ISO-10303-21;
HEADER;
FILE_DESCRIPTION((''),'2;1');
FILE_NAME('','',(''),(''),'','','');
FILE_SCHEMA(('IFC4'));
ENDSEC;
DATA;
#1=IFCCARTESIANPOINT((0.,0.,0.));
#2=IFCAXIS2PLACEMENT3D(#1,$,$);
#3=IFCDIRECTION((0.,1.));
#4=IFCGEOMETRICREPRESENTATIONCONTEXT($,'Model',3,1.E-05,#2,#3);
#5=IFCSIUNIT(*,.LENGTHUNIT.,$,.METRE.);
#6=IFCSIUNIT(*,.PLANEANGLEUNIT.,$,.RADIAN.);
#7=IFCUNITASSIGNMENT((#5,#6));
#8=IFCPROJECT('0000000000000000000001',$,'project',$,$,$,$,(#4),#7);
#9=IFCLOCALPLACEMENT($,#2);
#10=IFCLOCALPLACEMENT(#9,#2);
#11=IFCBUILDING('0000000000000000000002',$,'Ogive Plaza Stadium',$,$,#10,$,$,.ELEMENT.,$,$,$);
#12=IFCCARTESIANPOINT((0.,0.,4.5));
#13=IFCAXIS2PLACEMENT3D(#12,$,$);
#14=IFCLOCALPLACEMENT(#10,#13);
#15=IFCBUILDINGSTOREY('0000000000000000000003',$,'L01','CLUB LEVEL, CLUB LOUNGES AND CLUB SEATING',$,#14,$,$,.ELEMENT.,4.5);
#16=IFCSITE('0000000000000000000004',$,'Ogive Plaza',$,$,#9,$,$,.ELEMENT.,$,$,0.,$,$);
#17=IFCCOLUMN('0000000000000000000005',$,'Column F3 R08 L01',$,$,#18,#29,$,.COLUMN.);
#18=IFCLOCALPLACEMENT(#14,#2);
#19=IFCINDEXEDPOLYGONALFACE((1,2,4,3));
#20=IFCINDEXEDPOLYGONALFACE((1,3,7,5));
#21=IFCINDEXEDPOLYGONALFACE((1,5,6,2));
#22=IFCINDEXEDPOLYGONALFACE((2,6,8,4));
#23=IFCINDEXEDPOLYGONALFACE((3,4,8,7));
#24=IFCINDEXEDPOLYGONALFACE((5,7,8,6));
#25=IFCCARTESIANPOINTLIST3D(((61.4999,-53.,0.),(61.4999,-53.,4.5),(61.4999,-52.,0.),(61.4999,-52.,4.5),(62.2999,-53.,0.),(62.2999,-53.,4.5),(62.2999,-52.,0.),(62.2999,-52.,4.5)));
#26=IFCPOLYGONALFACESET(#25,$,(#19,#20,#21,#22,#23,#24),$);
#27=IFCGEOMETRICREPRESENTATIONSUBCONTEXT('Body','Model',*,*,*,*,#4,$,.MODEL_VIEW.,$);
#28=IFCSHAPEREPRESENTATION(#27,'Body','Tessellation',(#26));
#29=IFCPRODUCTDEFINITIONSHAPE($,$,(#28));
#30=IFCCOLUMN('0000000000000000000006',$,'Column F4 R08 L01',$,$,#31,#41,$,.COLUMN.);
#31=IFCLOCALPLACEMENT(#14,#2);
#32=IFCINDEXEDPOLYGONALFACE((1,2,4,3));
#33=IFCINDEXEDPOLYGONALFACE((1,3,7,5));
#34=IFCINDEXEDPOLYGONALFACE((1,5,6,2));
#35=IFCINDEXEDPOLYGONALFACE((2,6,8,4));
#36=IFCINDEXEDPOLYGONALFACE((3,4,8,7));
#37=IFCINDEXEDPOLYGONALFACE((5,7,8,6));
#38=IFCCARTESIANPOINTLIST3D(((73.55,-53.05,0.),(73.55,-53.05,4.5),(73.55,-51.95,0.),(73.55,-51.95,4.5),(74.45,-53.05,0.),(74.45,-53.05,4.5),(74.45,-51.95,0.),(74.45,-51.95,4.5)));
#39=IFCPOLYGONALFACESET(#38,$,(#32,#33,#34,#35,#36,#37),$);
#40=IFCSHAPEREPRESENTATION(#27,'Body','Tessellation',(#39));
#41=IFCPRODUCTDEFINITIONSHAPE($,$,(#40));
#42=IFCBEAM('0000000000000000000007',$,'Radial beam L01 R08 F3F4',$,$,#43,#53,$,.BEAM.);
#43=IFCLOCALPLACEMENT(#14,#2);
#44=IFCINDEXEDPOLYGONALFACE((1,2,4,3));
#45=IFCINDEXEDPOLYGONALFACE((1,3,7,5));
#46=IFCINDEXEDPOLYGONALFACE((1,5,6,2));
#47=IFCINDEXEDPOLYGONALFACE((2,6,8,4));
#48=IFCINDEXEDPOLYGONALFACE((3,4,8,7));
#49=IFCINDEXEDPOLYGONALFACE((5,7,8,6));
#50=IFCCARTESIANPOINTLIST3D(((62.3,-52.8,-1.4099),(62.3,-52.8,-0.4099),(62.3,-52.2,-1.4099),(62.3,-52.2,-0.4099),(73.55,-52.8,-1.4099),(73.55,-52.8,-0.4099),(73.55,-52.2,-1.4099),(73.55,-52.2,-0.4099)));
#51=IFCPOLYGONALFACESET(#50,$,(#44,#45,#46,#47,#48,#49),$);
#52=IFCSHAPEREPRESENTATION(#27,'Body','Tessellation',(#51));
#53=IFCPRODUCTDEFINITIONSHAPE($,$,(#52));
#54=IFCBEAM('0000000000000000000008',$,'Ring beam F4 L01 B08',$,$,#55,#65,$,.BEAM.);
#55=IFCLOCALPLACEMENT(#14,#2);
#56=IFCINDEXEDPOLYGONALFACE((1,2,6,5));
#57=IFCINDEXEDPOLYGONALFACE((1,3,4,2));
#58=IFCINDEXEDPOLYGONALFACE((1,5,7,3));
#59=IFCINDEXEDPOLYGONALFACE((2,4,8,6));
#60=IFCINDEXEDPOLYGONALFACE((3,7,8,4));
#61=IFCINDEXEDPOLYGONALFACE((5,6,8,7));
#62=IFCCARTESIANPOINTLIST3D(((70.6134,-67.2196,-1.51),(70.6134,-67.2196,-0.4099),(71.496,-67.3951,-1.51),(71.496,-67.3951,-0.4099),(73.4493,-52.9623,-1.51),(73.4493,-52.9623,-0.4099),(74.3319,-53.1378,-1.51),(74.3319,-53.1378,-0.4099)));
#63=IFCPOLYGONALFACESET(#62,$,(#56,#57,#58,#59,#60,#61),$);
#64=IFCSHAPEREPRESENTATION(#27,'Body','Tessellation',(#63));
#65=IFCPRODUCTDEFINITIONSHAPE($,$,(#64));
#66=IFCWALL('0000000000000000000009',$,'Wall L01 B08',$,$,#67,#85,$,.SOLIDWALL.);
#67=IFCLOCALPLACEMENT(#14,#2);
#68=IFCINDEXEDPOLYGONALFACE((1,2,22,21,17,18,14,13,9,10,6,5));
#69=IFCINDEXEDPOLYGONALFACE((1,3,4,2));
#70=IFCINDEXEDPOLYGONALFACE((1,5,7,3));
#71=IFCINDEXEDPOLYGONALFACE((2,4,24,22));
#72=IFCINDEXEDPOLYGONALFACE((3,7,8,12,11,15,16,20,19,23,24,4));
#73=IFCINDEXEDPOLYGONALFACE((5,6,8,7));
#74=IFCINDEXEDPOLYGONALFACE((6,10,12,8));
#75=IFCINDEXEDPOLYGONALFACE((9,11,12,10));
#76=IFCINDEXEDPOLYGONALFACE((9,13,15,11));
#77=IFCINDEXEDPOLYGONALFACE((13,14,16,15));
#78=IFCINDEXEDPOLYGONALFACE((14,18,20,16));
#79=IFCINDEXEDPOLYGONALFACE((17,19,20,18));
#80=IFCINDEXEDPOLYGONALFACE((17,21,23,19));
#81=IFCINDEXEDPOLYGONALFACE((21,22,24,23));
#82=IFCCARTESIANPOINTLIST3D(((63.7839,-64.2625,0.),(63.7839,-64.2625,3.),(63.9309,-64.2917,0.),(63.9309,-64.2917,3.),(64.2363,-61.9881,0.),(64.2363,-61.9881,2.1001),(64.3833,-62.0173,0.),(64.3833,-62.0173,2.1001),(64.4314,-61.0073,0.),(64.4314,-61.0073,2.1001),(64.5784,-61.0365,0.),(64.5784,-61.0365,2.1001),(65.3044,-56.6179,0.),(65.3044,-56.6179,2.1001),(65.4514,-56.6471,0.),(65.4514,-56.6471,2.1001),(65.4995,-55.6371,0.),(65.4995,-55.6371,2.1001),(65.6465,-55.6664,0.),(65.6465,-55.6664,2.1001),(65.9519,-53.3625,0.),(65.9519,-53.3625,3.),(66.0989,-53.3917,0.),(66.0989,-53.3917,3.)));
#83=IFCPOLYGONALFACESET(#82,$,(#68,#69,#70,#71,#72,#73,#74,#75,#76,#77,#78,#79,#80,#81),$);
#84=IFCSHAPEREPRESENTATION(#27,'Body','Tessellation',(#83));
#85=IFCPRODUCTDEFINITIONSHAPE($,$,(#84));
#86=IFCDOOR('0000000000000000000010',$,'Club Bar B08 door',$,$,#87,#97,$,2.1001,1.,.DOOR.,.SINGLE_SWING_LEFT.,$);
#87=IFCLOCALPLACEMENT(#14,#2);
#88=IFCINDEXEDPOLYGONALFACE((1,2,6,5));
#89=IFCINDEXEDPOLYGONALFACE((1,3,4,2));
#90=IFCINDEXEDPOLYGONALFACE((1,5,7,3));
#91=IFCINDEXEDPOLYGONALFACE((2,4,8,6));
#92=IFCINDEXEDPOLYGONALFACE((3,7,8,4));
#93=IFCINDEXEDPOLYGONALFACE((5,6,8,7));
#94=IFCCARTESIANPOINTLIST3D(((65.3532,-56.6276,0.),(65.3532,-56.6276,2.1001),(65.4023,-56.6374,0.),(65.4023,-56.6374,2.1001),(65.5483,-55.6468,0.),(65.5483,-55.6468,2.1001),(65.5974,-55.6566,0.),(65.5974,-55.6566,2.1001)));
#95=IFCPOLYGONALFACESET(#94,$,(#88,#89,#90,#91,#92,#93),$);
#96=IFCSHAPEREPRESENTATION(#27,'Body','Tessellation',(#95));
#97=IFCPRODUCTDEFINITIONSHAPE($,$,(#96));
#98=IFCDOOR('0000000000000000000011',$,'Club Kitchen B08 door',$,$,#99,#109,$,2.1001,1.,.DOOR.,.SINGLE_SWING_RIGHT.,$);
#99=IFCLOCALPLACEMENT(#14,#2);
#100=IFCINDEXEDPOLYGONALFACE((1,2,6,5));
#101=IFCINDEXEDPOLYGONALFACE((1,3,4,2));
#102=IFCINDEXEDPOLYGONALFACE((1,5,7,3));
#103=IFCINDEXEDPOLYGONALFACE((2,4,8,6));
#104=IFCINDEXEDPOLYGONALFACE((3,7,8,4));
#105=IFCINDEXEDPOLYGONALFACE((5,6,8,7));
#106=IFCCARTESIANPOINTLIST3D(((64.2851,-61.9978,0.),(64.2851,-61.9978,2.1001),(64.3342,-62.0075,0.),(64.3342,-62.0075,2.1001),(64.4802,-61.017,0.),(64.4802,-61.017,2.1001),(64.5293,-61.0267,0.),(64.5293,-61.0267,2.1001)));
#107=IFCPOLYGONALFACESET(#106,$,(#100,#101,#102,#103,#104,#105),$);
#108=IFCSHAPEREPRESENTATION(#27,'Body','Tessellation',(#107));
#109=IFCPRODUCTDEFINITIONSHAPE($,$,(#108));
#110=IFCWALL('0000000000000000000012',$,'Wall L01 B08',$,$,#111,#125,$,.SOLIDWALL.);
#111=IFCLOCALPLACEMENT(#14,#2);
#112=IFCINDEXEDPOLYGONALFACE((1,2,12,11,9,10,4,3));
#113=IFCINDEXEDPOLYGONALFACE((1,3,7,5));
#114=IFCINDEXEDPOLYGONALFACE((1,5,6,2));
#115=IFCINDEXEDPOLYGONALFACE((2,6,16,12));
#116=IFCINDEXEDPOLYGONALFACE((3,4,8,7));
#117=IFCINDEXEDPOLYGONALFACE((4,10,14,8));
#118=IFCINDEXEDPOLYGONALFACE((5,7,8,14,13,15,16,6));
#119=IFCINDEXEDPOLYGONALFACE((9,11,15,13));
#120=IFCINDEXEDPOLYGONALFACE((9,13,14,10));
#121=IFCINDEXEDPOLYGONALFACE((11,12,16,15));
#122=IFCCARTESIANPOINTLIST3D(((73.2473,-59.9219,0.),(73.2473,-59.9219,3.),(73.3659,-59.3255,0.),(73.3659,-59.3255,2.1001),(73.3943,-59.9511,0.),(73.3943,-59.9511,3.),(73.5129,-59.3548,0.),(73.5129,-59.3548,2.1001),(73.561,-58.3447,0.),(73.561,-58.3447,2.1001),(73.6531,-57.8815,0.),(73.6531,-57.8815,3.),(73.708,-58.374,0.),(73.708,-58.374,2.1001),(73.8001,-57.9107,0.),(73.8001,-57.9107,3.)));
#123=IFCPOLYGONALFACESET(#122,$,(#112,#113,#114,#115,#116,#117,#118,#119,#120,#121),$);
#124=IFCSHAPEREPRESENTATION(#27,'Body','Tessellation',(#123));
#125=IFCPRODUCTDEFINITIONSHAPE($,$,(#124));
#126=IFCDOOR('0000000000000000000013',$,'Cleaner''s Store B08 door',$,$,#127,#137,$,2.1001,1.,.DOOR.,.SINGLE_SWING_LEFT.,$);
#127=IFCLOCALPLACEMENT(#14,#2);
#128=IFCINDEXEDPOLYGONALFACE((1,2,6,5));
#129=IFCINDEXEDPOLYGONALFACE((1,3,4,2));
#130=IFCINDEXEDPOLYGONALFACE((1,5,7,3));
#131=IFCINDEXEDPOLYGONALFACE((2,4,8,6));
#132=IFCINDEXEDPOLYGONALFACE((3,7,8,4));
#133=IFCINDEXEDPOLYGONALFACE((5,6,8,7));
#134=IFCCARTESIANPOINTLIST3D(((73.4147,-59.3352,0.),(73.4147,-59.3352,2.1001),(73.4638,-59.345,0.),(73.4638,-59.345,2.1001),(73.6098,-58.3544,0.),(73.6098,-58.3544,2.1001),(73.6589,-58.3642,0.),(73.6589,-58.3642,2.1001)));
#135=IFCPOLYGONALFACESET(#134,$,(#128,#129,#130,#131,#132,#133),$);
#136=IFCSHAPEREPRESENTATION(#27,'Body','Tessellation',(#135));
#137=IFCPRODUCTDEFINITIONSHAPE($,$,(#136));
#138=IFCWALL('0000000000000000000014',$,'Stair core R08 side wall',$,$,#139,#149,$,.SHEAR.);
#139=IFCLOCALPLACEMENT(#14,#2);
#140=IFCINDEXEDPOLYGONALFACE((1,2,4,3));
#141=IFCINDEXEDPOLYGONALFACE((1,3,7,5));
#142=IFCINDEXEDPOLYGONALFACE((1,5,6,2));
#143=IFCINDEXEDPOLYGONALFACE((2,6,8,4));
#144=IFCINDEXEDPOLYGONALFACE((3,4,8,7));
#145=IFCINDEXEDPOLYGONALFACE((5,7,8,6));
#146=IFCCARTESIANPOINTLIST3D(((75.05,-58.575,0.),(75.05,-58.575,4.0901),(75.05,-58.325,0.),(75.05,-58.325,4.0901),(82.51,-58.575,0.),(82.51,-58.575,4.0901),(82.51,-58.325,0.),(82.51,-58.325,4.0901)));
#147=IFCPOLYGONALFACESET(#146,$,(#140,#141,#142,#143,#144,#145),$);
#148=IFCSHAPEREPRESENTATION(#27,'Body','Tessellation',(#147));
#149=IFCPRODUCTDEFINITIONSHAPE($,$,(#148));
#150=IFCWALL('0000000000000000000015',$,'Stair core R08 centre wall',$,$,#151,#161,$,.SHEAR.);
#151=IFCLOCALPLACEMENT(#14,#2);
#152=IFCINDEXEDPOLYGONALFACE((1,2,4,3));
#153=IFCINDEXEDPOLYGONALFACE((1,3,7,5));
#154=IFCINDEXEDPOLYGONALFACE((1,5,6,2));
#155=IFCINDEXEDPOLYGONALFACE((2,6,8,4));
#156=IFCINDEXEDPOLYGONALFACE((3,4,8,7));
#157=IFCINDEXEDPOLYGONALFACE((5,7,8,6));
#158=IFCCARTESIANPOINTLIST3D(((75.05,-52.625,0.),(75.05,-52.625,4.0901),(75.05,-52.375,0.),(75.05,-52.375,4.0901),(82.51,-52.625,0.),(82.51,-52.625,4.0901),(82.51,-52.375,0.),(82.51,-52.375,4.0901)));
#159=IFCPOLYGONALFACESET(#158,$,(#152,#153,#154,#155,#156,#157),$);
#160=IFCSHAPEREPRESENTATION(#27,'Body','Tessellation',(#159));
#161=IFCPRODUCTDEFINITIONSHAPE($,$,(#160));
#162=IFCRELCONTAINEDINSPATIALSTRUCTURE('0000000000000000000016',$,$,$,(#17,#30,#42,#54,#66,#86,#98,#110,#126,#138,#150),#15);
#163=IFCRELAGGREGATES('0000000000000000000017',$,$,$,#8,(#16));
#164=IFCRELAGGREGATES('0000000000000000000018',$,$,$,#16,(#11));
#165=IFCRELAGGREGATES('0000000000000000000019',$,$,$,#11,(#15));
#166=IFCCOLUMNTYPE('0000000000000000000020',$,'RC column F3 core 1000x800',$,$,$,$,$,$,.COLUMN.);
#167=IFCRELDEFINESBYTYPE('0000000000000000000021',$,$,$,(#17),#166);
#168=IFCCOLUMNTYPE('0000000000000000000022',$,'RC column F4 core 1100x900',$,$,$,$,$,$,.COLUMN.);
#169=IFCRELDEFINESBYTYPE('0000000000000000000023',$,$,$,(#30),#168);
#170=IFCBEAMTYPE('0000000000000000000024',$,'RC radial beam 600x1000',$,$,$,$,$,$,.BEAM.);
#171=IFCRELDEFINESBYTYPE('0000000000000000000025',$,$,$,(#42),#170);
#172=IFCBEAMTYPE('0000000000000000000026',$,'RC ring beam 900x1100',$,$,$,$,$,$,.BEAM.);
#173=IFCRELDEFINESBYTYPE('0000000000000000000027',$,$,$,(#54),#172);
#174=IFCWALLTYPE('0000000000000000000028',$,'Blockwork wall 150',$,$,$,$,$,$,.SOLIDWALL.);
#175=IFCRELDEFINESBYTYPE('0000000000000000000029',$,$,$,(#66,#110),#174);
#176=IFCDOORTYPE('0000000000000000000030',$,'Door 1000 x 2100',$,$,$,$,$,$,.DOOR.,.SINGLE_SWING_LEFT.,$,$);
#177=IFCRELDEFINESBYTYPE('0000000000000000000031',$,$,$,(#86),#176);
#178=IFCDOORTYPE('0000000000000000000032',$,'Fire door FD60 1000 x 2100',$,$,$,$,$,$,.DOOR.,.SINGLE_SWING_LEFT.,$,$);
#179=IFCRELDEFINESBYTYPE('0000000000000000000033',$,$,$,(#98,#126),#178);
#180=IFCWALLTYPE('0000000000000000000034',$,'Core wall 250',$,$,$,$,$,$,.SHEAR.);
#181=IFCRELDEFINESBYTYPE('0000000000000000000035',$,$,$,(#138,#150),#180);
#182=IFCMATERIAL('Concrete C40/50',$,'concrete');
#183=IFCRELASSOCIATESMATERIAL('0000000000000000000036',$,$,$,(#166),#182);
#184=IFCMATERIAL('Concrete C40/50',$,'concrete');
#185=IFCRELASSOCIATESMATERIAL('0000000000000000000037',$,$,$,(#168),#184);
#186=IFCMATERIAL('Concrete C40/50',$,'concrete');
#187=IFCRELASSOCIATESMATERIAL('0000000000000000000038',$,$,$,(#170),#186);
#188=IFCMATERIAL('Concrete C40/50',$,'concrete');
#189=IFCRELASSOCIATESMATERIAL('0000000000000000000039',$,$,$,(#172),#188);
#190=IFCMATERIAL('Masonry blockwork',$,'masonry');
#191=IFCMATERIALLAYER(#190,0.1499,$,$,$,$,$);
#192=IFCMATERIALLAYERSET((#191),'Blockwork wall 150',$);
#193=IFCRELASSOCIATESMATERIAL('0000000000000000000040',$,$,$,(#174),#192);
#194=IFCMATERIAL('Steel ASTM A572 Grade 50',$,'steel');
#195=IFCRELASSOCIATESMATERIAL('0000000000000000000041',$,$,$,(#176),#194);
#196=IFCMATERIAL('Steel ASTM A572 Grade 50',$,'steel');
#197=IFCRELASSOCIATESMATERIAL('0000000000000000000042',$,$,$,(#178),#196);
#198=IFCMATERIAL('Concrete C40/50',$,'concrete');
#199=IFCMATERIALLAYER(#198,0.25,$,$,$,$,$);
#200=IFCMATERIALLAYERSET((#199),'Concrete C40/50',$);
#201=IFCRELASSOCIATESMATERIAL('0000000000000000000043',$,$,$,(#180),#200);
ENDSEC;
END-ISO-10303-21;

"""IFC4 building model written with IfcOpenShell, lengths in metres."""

from ifc_helpers import new_model, si_unit, direction, frame, frame_2d, origin, origin_2d, place, context, subcontext, project, spatial, rectangle, extrude, material, layer, layer_set, material_profile, profile_set, type_object, element, fill, save


model = new_model("IFC4")

# Units and contexts
model_context = context("Model", 3, precision=1e-05, world=origin(), true_north=direction((0.0, 1.0)))
body_context = subcontext(model_context, "Body", "Model", "MODEL_VIEW")
ifc_project = project(units=[si_unit("LENGTHUNIT", "METRE"), si_unit("PLANEANGLEUNIT", "RADIAN")], contexts=[model_context])

# Site, building, storey
site_placement = place(None, origin())
site = spatial("IfcSite", under=ifc_project, at=site_placement, Name="Ogive Plaza", CompositionType="ELEMENT", RefElevation=0.0)
building_placement = place(site_placement, origin())
building = spatial("IfcBuilding", under=site, at=building_placement, Name="Ogive Plaza Stadium", CompositionType="ELEMENT")
storey_placement = place(building_placement, frame((0.0, 0.0, 4.5)))
storey = spatial("IfcBuildingStorey", under=building, at=storey_placement, Name="L01", Description="CLUB LEVEL, CLUB LOUNGES AND CLUB SEATING", CompositionType="ELEMENT", Elevation=4.5)

# Columns
ifc_material_1 = material(Name="Concrete C40/50", Category="concrete")
ifc_material_profile_1 = material_profile(ifc_material_1, rectangle(XDim=1.0, YDim=0.8, at=origin_2d()), Name="RC 1000x800")
ifc_profile_set_1 = profile_set([ifc_material_profile_1], Name="Concrete C40/50")
column_type_1 = type_object("IfcColumnType", Name="RC column F3 core 1000x800", PredefinedType="COLUMN", material=ifc_profile_set_1)
column_1_placement = place(storey_placement, frame((61.8999, -52.5, 0.0), z_axis=(0.0, 0.0, 1.0), x_axis=(0.0, 1.0, 0.0)))
element("IfcColumn", 1, at=column_1_placement, inside=storey, type_object=column_type_1, Name="Column F3 R08 L01", PredefinedType="COLUMN", context=body_context, shape_type="SweptSolid", body=[
    extrude(rectangle(XDim=1.0, YDim=0.8, at=origin_2d()), origin(), (0.0, 0.0, 1.0), 4.5),
])
ifc_material_2 = material(Name="Concrete C40/50", Category="concrete")
ifc_material_profile_2 = material_profile(ifc_material_2, rectangle(XDim=1.1001, YDim=0.8999, at=origin_2d()), Name="RC 1100x900")
ifc_profile_set_2 = profile_set([ifc_material_profile_2], Name="Concrete C40/50")
column_type_2 = type_object("IfcColumnType", Name="RC column F4 core 1100x900", PredefinedType="COLUMN", material=ifc_profile_set_2)
column_2_placement = place(storey_placement, frame((74.0, -52.5, 0.0), z_axis=(0.0, 0.0, 1.0), x_axis=(0.0, 1.0, 0.0)))
element("IfcColumn", 2, at=column_2_placement, inside=storey, type_object=column_type_2, Name="Column F4 R08 L01", PredefinedType="COLUMN", context=body_context, shape_type="SweptSolid", body=[
    extrude(rectangle(XDim=1.1001, YDim=0.8999, at=origin_2d()), origin(), (0.0, 0.0, 1.0), 4.5),
])

# Beams
ifc_material_3 = material(Name="Concrete C40/50", Category="concrete")
ifc_material_profile_3 = material_profile(ifc_material_3, rectangle(XDim=0.6001, YDim=1.0, at=origin_2d()), Name="RC 600x1000")
ifc_profile_set_3 = profile_set([ifc_material_profile_3], Name="Concrete C40/50")
beam_type_1 = type_object("IfcBeamType", Name="RC radial beam 600x1000", PredefinedType="BEAM", material=ifc_profile_set_3)
beam_1_placement = place(storey_placement, frame((62.3, -52.5, -0.9099), z_axis=(1.0, 0.0, 0.0), x_axis=(0.0, 1.0, 0.0)))
element("IfcBeam", 3, at=beam_1_placement, inside=storey, type_object=beam_type_1, Name="Radial beam L01 R08 F3F4", PredefinedType="BEAM", context=body_context, shape_type="SweptSolid", body=[
    extrude(rectangle(XDim=0.6001, YDim=1.0, at=origin_2d()), origin(), (0.0, 0.0, 1.0), 11.25),
])
ifc_material_4 = material(Name="Concrete C40/50", Category="concrete")
ifc_material_profile_4 = material_profile(ifc_material_4, rectangle(XDim=0.8999, YDim=1.1001, at=origin_2d()), Name="RC 900x1100")
ifc_profile_set_4 = profile_set([ifc_material_profile_4], Name="Concrete C40/50")
beam_type_2 = type_object("IfcBeamType", Name="RC ring beam 900x1100", PredefinedType="BEAM", material=ifc_profile_set_4)
beam_2_placement = place(storey_placement, frame((73.8906, -53.05, -0.96), z_axis=(-0.195089, -0.980786, 0.0), x_axis=(0.980786, -0.195089, 0.0)))
element("IfcBeam", 4, at=beam_2_placement, inside=storey, type_object=beam_type_2, Name="Ring beam F4 L01 B08", PredefinedType="BEAM", context=body_context, shape_type="SweptSolid", body=[
    extrude(rectangle(XDim=0.8999, YDim=1.1001, at=origin_2d()), origin(), (0.0, 0.0, 1.0), 14.5366),
])

# Wall, openings, doors
ifc_material_5 = material(Name="Masonry blockwork", Category="masonry")
ifc_layer_1 = layer(ifc_material_5, 0.1499)
ifc_layer_set_1 = layer_set([ifc_layer_1], Name="Blockwork wall 150")
wall_type_1 = type_object("IfcWallType", Name="Blockwork wall 150", PredefinedType="SOLIDWALL", material=ifc_layer_set_1)
wall_1_placement = place(storey_placement, frame((66.0254, -53.3772, 0.0), z_axis=(0.0, 0.0, 1.0), x_axis=(-0.195077, -0.980788, 0.0)))
wall_1 = element("IfcWall", 5, at=wall_1_placement, inside=storey, type_object=wall_type_1, Name="Wall L01 B08", PredefinedType="SOLIDWALL", context=body_context, shape_type="SweptSolid", body=[
    extrude(rectangle(XDim=11.1135, YDim=0.1499, at=frame_2d((5.5566, 0.0))), origin(), (0.0, 0.0, 1.0), 3.0),
])
opening_1_placement = place(wall_1_placement, frame((2.3191, 0.0, 0.0)))
opening_1 = element("IfcOpeningElement", 6, at=opening_1_placement, cuts=wall_1, PredefinedType="OPENING", context=body_context, shape_type="SweptSolid", body=[
    extrude(rectangle(XDim=1.0, YDim=2.1001, at=frame_2d((0.5, 1.05))), frame((0.0, 0.075, 0.0), z_axis=(0.0, -1.0, 0.0), x_axis=(1.0, 0.0, 0.0)), (0.0, 0.0, 1.0), 0.1499),
])
opening_2_placement = place(wall_1_placement, frame((7.7944, 0.0, 0.0)))
opening_2 = element("IfcOpeningElement", 7, at=opening_2_placement, cuts=wall_1, PredefinedType="OPENING", context=body_context, shape_type="SweptSolid", body=[
    extrude(rectangle(XDim=1.0, YDim=2.1001, at=frame_2d((0.5, 1.05))), frame((0.0, 0.075, 0.0), z_axis=(0.0, -1.0, 0.0), x_axis=(1.0, 0.0, 0.0)), (0.0, 0.0, 1.0), 0.1499),
])
ifc_material_6 = material(Name="Steel ASTM A572 Grade 50", Category="steel")
door_type_1 = type_object("IfcDoorType", Name="Door 1000 x 2100", OperationType="SINGLE_SWING_LEFT", PredefinedType="DOOR", material=ifc_material_6)
door_1_placement = place(opening_1_placement, origin())
door_1 = element("IfcDoor", 8, at=door_1_placement, inside=storey, type_object=door_type_1, Name="Club Bar B08 door", OperationType="SINGLE_SWING_LEFT", OverallHeight=2.1001, OverallWidth=1.0, PredefinedType="DOOR", context=body_context, shape_type="SweptSolid", body=[
    extrude(rectangle(XDim=1.0, YDim=2.1001, at=frame_2d((0.5, 1.05))), frame((0.0, 0.0249, 0.0), z_axis=(0.0, -1.0, 0.0), x_axis=(1.0, 0.0, 0.0)), (0.0, 0.0, 1.0), 0.05),
])
fill(opening_1, door_1)
ifc_material_7 = material(Name="Steel ASTM A572 Grade 50", Category="steel")
door_type_2 = type_object("IfcDoorType", Name="Fire door FD60 1000 x 2100", OperationType="SINGLE_SWING_LEFT", PredefinedType="DOOR", material=ifc_material_7)
door_2_placement = place(opening_2_placement, origin())
door_2 = element("IfcDoor", 9, at=door_2_placement, inside=storey, type_object=door_type_2, Name="Club Kitchen B08 door", OperationType="SINGLE_SWING_RIGHT", OverallHeight=2.1001, OverallWidth=1.0, PredefinedType="DOOR", context=body_context, shape_type="SweptSolid", body=[
    extrude(rectangle(XDim=1.0, YDim=2.1001, at=frame_2d((0.5, 1.05))), frame((0.0, 0.0249, 0.0), z_axis=(0.0, -1.0, 0.0), x_axis=(1.0, 0.0, 0.0)), (0.0, 0.0, 1.0), 0.05),
])
fill(opening_2, door_2)

# Wall, opening, door
wall_2_placement = place(storey_placement, frame((73.7266, -57.8962, 0.0), z_axis=(0.0, 0.0, 1.0), x_axis=(-0.195055, -0.980792, 0.0)))
wall_2 = element("IfcWall", 10, at=wall_2_placement, inside=storey, type_object=wall_type_1, Name="Wall L01 B08", PredefinedType="SOLIDWALL", context=body_context, shape_type="SweptSolid", body=[
    extrude(rectangle(XDim=2.0803, YDim=0.1499, at=frame_2d((1.04, 0.0))), origin(), (0.0, 0.0, 1.0), 3.0),
])
opening_3_placement = place(wall_2_placement, frame((0.4722, 0.0, 0.0)))
opening_3 = element("IfcOpeningElement", 11, at=opening_3_placement, cuts=wall_2, PredefinedType="OPENING", context=body_context, shape_type="SweptSolid", body=[
    extrude(rectangle(XDim=1.0, YDim=2.1001, at=frame_2d((0.5, 1.05))), frame((0.0, 0.075, 0.0), z_axis=(0.0, -1.0, 0.0), x_axis=(1.0, 0.0, 0.0)), (0.0, 0.0, 1.0), 0.1499),
])
door_3_placement = place(opening_3_placement, origin())
door_3 = element("IfcDoor", 12, at=door_3_placement, inside=storey, type_object=door_type_2, Name="Cleaner's Store B08 door", OperationType="SINGLE_SWING_LEFT", OverallHeight=2.1001, OverallWidth=1.0, PredefinedType="DOOR", context=body_context, shape_type="SweptSolid", body=[
    extrude(rectangle(XDim=1.0, YDim=2.1001, at=frame_2d((0.5, 1.05))), frame((0.0, 0.0249, 0.0), z_axis=(0.0, -1.0, 0.0), x_axis=(1.0, 0.0, 0.0)), (0.0, 0.0, 1.0), 0.05),
])
fill(opening_3, door_3)

# Walls
ifc_material_8 = material(Name="Concrete C40/50", Category="concrete")
ifc_layer_2 = layer(ifc_material_8, 0.25)
ifc_layer_set_2 = layer_set([ifc_layer_2], Name="Concrete C40/50")
wall_type_2 = type_object("IfcWallType", Name="Core wall 250", PredefinedType="SHEAR", material=ifc_layer_set_2)
for number, where, z_axis, x_axis, name in (
    (13, (75.05, -58.45, 0.0), (0.0, 0.0, 1.0), (1.0, 0.0, 0.0), "Stair core R08 side wall"),
    (14, (75.05, -52.5, 0.0), (0.0, 0.0, 1.0), (1.0, 0.0, 0.0), "Stair core R08 centre wall"),
):
    element("IfcWall", number, at=place(storey_placement, frame(where, z_axis=z_axis, x_axis=x_axis)), inside=storey, type_object=wall_type_2, Name=name, PredefinedType="SHEAR", context=body_context, shape_type="SweptSolid", body=[
        extrude(rectangle(XDim=7.46, YDim=0.25, at=frame_2d((3.73, 0.0))), origin(), (0.0, 0.0, 1.0), 4.0901),
    ])

save(model, "model.ifc")
